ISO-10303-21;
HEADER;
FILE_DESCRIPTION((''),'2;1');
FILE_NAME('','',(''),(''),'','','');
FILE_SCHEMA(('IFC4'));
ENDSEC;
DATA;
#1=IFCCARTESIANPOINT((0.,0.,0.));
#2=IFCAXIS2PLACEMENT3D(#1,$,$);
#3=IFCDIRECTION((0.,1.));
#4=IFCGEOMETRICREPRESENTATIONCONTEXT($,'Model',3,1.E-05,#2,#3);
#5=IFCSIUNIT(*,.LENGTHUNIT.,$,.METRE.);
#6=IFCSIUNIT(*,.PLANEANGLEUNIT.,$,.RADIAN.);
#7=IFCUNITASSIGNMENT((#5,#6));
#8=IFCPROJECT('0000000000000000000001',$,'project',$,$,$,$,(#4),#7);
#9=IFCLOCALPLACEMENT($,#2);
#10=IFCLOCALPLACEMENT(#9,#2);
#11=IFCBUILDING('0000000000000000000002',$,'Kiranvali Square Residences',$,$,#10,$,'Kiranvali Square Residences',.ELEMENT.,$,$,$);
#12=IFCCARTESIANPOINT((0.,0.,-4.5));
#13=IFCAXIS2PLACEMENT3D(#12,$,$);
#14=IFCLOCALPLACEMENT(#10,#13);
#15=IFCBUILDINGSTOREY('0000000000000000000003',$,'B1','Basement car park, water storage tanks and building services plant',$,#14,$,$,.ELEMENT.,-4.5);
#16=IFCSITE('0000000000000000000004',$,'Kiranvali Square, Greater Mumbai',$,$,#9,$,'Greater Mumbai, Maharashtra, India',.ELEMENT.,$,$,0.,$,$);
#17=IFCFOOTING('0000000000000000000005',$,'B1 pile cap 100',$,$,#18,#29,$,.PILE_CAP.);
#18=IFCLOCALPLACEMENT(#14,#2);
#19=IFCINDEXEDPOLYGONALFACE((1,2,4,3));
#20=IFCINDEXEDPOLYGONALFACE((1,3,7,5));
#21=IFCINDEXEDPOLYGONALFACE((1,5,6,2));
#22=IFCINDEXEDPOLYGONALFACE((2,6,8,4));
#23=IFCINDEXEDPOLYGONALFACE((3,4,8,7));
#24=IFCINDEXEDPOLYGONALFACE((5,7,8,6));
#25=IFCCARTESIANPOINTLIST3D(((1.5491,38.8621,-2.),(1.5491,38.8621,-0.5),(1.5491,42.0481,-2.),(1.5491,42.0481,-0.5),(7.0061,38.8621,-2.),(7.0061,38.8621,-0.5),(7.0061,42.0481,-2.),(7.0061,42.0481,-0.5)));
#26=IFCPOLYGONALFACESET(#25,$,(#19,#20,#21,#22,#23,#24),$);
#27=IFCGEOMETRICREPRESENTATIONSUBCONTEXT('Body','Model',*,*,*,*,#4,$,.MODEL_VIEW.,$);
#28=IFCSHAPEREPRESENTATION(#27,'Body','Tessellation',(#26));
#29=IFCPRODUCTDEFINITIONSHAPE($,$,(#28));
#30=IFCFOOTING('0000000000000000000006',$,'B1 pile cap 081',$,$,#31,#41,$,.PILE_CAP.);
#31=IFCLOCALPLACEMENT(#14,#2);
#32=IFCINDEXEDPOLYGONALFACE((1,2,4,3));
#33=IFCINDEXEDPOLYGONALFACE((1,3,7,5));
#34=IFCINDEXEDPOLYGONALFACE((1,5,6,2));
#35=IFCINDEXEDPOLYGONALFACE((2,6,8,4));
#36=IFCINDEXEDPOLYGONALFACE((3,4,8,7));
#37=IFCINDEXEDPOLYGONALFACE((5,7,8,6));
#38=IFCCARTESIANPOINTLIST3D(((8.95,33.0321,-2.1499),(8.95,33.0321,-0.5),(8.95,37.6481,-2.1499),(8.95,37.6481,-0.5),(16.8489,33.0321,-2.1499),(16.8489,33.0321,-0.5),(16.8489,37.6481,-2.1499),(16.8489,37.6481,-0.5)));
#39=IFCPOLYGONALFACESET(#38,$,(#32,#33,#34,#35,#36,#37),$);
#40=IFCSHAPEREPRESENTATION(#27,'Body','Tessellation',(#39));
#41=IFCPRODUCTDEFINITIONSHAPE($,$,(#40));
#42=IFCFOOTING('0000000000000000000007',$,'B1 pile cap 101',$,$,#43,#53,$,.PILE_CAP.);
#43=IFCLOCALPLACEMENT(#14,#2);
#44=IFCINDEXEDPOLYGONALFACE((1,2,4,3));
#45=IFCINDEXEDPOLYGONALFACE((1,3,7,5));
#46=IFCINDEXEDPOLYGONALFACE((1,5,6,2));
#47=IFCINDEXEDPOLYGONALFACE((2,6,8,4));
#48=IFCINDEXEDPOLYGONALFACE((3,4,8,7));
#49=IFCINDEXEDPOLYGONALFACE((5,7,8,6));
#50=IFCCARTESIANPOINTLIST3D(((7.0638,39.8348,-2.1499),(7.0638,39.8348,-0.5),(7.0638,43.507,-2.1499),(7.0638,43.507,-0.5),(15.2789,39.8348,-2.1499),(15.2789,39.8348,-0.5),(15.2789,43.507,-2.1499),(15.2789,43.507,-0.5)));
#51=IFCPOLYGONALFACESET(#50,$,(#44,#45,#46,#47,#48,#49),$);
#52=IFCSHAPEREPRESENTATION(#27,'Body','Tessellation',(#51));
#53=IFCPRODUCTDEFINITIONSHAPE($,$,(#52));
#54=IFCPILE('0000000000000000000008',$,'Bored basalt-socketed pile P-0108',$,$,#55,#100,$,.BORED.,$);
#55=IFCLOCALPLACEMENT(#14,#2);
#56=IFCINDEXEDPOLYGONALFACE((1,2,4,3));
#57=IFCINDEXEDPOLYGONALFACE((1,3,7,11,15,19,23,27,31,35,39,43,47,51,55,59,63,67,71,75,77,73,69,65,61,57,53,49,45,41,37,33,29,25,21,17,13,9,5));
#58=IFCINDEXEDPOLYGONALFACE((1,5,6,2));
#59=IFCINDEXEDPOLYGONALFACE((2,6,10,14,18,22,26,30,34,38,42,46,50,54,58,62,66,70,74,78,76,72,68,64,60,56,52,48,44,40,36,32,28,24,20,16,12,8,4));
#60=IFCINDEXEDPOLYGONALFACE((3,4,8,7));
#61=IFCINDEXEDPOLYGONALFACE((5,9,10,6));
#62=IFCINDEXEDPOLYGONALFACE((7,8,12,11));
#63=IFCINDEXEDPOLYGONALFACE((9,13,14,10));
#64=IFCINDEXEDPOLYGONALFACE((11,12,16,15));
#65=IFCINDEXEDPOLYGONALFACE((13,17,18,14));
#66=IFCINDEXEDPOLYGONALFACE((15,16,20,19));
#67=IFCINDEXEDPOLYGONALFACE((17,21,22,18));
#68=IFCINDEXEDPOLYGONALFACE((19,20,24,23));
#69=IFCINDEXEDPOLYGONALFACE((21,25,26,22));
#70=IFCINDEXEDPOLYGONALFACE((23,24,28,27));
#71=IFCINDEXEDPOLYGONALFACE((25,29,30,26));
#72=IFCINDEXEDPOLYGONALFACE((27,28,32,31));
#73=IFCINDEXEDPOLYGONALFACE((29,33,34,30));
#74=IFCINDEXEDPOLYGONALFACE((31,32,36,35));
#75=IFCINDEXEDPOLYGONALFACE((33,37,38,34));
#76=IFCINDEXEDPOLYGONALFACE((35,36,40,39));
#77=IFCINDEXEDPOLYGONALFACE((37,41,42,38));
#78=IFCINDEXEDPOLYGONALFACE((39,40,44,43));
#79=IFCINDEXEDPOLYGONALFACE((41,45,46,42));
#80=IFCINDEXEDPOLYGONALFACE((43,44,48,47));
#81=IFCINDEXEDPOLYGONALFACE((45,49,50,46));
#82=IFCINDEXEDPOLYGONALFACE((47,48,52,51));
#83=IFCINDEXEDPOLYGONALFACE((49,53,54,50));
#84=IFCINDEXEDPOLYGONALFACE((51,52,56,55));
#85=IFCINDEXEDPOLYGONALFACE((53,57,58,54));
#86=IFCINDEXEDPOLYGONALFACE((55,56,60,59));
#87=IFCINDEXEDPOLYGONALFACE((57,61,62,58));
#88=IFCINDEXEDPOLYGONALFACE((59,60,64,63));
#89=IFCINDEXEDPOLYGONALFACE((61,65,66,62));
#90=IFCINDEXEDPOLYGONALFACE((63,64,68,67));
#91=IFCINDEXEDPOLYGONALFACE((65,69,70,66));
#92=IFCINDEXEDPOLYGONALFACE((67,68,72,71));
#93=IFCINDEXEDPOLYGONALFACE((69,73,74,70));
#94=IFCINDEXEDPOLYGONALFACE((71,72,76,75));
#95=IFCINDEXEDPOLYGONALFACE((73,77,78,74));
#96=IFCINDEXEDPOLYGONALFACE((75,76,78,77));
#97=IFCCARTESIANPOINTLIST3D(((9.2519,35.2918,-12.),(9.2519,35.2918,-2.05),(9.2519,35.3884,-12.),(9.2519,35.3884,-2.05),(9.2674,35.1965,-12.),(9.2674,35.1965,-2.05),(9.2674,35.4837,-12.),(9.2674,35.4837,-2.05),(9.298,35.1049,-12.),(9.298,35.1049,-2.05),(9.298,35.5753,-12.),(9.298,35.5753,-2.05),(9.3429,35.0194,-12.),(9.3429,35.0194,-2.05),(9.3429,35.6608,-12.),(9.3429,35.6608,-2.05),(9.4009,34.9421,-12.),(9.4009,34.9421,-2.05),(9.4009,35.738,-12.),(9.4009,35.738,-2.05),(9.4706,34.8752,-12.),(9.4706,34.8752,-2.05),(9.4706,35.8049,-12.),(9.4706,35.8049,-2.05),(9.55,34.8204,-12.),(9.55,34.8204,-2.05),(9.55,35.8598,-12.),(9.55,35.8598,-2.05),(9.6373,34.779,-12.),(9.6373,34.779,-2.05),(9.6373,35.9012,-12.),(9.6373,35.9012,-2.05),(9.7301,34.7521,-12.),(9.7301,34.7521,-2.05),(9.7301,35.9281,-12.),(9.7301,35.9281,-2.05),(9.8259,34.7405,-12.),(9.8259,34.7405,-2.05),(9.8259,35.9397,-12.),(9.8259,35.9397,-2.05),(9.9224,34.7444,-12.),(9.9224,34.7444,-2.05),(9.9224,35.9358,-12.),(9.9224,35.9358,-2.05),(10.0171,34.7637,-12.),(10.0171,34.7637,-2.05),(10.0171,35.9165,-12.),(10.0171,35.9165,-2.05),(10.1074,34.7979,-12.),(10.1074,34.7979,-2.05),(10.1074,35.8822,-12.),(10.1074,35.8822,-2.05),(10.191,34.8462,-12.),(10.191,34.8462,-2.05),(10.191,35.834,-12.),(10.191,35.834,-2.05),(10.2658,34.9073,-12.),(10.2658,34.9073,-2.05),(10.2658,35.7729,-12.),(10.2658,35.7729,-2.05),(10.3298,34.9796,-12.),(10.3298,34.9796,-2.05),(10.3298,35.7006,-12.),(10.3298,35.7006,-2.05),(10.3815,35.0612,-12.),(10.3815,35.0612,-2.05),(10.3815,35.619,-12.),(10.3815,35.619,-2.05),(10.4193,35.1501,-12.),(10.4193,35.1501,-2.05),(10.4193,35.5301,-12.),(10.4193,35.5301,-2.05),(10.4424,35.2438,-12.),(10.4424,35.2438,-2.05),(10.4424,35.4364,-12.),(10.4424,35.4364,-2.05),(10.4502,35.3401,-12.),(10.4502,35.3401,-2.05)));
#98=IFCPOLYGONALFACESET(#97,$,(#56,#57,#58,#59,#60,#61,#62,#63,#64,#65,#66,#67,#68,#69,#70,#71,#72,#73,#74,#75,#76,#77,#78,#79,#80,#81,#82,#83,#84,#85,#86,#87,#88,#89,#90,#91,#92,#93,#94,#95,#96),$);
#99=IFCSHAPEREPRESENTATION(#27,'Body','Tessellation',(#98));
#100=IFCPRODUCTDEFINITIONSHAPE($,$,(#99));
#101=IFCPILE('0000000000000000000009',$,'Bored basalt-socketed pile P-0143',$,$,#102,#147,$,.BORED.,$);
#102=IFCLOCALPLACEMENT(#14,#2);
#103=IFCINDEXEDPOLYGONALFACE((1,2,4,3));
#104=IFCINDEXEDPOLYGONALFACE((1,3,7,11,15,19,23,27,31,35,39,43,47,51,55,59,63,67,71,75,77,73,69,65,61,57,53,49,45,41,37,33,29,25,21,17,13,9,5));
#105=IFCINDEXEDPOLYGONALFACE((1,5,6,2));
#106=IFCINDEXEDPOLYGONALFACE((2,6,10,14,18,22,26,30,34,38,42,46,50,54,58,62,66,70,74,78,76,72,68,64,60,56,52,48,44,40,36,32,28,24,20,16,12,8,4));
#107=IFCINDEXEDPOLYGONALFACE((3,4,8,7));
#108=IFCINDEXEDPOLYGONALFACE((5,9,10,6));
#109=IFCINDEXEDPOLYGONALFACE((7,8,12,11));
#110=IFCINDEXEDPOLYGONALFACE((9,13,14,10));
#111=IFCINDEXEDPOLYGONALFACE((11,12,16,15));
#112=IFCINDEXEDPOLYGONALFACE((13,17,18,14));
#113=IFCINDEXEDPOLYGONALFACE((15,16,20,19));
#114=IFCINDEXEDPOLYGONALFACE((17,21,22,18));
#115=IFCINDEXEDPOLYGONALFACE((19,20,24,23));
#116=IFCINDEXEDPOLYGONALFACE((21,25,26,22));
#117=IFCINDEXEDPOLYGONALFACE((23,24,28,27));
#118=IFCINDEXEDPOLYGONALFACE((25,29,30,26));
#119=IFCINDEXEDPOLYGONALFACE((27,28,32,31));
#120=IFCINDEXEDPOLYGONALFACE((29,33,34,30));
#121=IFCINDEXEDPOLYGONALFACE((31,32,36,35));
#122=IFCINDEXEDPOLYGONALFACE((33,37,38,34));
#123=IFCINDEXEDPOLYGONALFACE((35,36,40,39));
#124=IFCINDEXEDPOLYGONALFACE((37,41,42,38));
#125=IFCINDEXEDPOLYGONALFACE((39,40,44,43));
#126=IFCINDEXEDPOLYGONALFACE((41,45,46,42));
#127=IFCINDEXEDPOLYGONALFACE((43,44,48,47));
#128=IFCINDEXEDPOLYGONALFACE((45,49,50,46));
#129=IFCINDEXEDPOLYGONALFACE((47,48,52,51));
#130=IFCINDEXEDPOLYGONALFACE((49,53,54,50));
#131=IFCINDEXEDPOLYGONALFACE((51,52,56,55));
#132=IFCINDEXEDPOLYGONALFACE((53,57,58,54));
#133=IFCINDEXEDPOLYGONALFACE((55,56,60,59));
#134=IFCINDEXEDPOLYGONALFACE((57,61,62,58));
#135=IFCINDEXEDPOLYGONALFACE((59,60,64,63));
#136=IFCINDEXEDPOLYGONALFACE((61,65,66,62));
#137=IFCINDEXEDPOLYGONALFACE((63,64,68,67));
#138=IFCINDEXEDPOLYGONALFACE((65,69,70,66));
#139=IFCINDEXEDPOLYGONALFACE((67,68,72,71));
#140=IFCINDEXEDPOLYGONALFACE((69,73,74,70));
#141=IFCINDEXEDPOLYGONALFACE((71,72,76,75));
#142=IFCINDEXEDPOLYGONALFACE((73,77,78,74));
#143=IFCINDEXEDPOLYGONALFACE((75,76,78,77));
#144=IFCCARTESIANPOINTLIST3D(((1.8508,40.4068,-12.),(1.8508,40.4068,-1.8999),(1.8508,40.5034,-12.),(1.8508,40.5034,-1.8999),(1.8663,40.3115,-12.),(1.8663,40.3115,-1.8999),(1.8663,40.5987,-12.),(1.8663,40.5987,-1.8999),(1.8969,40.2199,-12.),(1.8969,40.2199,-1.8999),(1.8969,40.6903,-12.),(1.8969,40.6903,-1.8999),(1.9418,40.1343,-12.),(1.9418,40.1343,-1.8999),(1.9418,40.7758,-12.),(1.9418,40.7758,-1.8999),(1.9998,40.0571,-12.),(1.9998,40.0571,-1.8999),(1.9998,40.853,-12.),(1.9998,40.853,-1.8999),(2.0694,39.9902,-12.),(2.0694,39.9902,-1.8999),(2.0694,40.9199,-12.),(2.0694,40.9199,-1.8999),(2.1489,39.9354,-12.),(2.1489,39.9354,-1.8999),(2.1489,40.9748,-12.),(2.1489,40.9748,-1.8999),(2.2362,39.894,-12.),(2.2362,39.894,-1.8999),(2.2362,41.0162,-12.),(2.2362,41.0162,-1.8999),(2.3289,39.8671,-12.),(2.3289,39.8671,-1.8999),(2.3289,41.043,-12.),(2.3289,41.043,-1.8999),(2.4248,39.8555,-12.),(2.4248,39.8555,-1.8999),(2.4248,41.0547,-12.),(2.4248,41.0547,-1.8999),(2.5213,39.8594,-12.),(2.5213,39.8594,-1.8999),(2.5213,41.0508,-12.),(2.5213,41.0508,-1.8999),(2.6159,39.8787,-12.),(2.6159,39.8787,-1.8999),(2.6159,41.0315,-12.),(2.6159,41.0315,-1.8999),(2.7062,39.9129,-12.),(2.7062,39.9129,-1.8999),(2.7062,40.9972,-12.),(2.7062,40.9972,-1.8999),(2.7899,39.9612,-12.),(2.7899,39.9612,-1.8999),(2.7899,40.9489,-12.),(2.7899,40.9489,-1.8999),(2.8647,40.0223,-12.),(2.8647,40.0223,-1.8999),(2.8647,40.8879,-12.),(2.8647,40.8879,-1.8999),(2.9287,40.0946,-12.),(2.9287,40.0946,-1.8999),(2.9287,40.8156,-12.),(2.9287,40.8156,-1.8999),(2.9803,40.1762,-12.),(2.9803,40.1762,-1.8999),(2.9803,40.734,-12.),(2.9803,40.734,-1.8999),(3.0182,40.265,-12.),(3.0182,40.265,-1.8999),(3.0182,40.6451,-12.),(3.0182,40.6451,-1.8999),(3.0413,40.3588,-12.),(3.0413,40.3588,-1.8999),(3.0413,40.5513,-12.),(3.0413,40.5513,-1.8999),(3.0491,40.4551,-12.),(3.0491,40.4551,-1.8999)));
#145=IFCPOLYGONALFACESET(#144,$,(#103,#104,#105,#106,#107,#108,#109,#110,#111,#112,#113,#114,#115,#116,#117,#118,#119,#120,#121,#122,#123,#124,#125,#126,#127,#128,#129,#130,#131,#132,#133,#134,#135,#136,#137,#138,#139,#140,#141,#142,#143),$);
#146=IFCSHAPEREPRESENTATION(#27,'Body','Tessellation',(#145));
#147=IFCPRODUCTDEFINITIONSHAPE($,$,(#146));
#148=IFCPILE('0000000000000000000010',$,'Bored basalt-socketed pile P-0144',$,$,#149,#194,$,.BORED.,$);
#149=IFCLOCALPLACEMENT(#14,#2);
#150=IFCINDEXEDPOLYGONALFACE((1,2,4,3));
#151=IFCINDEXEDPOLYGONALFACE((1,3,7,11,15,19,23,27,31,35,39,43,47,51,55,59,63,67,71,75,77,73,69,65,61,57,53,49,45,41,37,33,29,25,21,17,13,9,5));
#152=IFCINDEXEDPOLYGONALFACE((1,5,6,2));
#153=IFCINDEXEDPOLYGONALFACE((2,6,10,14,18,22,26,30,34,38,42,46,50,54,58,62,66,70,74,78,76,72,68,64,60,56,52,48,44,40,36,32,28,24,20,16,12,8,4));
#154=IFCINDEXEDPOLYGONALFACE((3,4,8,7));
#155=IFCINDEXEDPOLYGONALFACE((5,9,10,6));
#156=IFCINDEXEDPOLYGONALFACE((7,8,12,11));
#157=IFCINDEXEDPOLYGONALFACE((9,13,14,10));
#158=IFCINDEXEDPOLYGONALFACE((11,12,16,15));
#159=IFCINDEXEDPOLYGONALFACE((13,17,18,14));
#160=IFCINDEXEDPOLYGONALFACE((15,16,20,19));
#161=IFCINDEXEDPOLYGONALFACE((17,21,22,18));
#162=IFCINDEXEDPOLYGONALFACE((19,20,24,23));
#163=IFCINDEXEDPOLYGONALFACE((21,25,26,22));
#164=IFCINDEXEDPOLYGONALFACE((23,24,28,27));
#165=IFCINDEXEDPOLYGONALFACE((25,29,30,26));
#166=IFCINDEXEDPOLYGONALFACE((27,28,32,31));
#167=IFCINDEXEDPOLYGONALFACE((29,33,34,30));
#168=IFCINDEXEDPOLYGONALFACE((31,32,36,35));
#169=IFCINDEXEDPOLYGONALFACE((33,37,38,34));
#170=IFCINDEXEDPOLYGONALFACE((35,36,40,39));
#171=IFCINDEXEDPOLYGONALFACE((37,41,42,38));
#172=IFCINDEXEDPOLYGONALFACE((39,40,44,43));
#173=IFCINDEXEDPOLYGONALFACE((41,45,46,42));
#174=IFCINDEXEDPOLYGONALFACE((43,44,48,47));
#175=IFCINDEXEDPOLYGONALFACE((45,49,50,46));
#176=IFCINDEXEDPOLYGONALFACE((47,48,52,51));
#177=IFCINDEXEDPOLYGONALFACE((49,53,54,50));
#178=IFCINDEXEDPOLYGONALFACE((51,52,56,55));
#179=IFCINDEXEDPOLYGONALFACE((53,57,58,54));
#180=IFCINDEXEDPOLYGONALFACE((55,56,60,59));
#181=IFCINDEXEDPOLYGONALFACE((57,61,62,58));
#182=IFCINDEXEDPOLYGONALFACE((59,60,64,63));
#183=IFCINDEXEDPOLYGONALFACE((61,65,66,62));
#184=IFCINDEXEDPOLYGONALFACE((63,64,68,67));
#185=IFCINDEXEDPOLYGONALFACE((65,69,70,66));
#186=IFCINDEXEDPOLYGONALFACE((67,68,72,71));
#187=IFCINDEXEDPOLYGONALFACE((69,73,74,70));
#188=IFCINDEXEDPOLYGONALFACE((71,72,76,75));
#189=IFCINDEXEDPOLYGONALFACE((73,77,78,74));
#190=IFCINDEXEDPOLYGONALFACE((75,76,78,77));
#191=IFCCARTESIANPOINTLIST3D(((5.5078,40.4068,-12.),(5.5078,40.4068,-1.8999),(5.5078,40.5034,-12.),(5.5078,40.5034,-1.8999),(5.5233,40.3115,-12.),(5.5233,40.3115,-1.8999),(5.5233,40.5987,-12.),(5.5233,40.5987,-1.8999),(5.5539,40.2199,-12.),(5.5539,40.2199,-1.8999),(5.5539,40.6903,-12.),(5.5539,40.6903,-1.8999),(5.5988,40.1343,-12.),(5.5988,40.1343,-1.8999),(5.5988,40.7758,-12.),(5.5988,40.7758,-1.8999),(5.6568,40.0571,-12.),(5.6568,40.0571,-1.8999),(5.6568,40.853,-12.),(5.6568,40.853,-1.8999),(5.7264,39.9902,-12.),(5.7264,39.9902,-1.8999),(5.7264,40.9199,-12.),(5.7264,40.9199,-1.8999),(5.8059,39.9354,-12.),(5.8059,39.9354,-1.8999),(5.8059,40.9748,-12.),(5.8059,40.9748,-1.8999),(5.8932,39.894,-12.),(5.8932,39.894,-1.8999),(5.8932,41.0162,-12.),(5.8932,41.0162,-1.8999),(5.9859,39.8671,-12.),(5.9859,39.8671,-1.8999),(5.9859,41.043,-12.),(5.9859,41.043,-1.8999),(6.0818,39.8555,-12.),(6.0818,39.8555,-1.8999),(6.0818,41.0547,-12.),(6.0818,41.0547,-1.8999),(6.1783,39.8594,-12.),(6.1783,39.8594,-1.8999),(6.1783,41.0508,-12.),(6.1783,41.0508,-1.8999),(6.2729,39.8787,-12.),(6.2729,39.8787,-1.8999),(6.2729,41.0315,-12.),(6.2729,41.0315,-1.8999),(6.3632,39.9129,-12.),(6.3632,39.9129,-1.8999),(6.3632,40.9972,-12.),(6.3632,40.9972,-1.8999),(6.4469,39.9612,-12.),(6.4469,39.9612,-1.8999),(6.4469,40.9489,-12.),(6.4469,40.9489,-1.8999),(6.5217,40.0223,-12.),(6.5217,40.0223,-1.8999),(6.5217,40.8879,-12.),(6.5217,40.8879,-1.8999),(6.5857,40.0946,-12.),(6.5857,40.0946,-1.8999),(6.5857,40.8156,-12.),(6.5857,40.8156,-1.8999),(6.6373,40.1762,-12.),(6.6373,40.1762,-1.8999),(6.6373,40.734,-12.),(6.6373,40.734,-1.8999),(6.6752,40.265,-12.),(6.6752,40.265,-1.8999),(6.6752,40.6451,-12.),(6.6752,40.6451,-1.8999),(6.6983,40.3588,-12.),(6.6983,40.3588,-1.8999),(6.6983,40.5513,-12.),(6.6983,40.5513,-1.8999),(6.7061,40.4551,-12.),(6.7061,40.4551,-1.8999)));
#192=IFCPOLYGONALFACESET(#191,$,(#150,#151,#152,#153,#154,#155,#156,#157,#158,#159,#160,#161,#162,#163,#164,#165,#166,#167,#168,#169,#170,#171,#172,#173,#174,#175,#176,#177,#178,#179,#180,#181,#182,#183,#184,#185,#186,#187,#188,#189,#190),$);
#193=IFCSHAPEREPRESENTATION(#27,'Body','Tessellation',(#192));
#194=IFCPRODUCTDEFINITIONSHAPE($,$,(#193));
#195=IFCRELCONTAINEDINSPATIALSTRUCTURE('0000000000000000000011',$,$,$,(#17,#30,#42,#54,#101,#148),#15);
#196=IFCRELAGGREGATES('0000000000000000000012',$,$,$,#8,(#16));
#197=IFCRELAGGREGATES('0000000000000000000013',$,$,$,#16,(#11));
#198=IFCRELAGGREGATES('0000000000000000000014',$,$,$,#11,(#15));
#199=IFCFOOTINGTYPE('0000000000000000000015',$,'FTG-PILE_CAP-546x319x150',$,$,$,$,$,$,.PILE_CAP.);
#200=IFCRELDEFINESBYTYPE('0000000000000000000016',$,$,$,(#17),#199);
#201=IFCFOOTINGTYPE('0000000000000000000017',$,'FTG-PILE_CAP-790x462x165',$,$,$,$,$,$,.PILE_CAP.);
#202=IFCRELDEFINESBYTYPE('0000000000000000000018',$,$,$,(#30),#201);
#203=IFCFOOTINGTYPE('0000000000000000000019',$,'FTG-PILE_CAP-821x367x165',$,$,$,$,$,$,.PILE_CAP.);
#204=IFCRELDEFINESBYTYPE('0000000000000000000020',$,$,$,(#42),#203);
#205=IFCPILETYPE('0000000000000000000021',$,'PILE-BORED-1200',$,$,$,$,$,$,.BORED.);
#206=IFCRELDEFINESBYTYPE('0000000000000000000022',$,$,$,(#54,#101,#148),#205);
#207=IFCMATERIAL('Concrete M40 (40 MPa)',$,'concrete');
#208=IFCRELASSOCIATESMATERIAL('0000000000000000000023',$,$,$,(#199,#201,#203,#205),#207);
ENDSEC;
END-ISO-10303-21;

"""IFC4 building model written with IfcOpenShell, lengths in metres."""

from ifc_helpers import new_model, si_unit, direction, frame, origin, origin_2d, place, context, subcontext, project, spatial, rectangle, circle, extrude, material, material_profile, profile_set, type_object, element, save


model = new_model("IFC4")

# Units and contexts
model_context = context("Model", 3, precision=1e-05, world=origin(), true_north=direction((0.0, 1.0)))
body_context = subcontext(model_context, "Body", "Model", "MODEL_VIEW")
ifc_project = project(units=[si_unit("LENGTHUNIT", "METRE"), si_unit("PLANEANGLEUNIT", "RADIAN")], contexts=[model_context])

# Site, building, storey
site_placement = place(None, origin())
site = spatial("IfcSite", under=ifc_project, at=site_placement, Name="Kiranvali Square, Greater Mumbai", LongName="Greater Mumbai, Maharashtra, India", CompositionType="ELEMENT", RefElevation=0.0)
building_placement = place(site_placement, origin())
building = spatial("IfcBuilding", under=site, at=building_placement, Name="Kiranvali Square Residences", LongName="Kiranvali Square Residences", CompositionType="ELEMENT")
storey_placement = place(building_placement, frame((0.0, 0.0, -4.5)))
storey = spatial("IfcBuildingStorey", under=building, at=storey_placement, Name="B1", Description="Basement car park, water storage tanks and building services plant", CompositionType="ELEMENT", Elevation=-4.5)

# Footings
ifc_material_1 = material(Name="Concrete M40 (40 MPa)", Category="concrete")
footing_type_1 = type_object("IfcFootingType", Name="FTG-PILE_CAP-546x319x150", PredefinedType="PILE_CAP", material=ifc_material_1)
footing_1_placement = place(storey_placement, frame((4.2776, 40.4551, -2.0), z_axis=(0.0, 0.0, 1.0), x_axis=(1.0, 0.0, 0.0)))
element("IfcFooting", 1, at=footing_1_placement, inside=storey, type_object=footing_type_1, Name="B1 pile cap 100", PredefinedType="PILE_CAP", context=body_context, shape_type="SweptSolid", body=[
    extrude(rectangle(XDim=5.457, YDim=3.186, at=origin_2d()), origin(), (0.0, 0.0, 1.0), 1.5),
])
footing_type_2 = type_object("IfcFootingType", Name="FTG-PILE_CAP-790x462x165", PredefinedType="PILE_CAP", material=ifc_material_1)
footing_2_placement = place(storey_placement, frame((12.8994, 35.3401, -2.1499), z_axis=(0.0, 0.0, 1.0), x_axis=(1.0, 0.0, 0.0)))
element("IfcFooting", 2, at=footing_2_placement, inside=storey, type_object=footing_type_2, Name="B1 pile cap 081", PredefinedType="PILE_CAP", context=body_context, shape_type="SweptSolid", body=[
    extrude(rectangle(XDim=7.8989, YDim=4.616, at=origin_2d()), origin(), (0.0, 0.0, 1.0), 1.6499),
])
footing_type_3 = type_object("IfcFootingType", Name="FTG-PILE_CAP-821x367x165", PredefinedType="PILE_CAP", material=ifc_material_1)
footing_3_placement = place(storey_placement, frame((11.1714, 41.6709, -2.1499), z_axis=(0.0, 0.0, 1.0), x_axis=(1.0, 0.0, 0.0)))
element("IfcFooting", 3, at=footing_3_placement, inside=storey, type_object=footing_type_3, Name="B1 pile cap 101", PredefinedType="PILE_CAP", context=body_context, shape_type="SweptSolid", body=[
    extrude(rectangle(XDim=8.2151, YDim=3.6721, at=origin_2d()), origin(), (0.0, 0.0, 1.0), 1.6499),
])

# Piles
ifc_material_profile_1 = material_profile(ifc_material_1, circle(Radius=0.6001, at=origin_2d()), Name="BORED PILE 1200")
ifc_profile_set_1 = profile_set([ifc_material_profile_1], Name="Concrete M40 (40 MPa)")
pile_type = type_object("IfcPileType", Name="PILE-BORED-1200", PredefinedType="BORED", material=ifc_profile_set_1)
pile_placement = place(storey_placement, frame((9.8501, 35.3401, -2.05), z_axis=(0.0, 0.0, -1.0), x_axis=(1.0, 0.0, 0.0)))
element("IfcPile", 4, at=pile_placement, inside=storey, type_object=pile_type, Name="Bored basalt-socketed pile P-0108", PredefinedType="BORED", context=body_context, shape_type="SweptSolid", body=[
    extrude(circle(Radius=0.6001, at=origin_2d()), origin(), (0.0, 0.0, 1.0), 9.95),
])
for number, where, z_axis, x_axis, name in (
    (5, (2.449, 40.4551, -1.8999), (0.0, 0.0, -1.0), (1.0, 0.0, 0.0), "Bored basalt-socketed pile P-0143"),
    (6, (6.106, 40.4551, -1.8999), (0.0, 0.0, -1.0), (1.0, 0.0, 0.0), "Bored basalt-socketed pile P-0144"),
):
    element("IfcPile", number, at=place(storey_placement, frame(where, z_axis=z_axis, x_axis=x_axis)), inside=storey, type_object=pile_type, Name=name, PredefinedType="BORED", context=body_context, shape_type="SweptSolid", body=[
        extrude(circle(Radius=0.6001, at=origin_2d()), origin(), (0.0, 0.0, 1.0), 10.1001),
    ])

save(model, "model.ifc")
